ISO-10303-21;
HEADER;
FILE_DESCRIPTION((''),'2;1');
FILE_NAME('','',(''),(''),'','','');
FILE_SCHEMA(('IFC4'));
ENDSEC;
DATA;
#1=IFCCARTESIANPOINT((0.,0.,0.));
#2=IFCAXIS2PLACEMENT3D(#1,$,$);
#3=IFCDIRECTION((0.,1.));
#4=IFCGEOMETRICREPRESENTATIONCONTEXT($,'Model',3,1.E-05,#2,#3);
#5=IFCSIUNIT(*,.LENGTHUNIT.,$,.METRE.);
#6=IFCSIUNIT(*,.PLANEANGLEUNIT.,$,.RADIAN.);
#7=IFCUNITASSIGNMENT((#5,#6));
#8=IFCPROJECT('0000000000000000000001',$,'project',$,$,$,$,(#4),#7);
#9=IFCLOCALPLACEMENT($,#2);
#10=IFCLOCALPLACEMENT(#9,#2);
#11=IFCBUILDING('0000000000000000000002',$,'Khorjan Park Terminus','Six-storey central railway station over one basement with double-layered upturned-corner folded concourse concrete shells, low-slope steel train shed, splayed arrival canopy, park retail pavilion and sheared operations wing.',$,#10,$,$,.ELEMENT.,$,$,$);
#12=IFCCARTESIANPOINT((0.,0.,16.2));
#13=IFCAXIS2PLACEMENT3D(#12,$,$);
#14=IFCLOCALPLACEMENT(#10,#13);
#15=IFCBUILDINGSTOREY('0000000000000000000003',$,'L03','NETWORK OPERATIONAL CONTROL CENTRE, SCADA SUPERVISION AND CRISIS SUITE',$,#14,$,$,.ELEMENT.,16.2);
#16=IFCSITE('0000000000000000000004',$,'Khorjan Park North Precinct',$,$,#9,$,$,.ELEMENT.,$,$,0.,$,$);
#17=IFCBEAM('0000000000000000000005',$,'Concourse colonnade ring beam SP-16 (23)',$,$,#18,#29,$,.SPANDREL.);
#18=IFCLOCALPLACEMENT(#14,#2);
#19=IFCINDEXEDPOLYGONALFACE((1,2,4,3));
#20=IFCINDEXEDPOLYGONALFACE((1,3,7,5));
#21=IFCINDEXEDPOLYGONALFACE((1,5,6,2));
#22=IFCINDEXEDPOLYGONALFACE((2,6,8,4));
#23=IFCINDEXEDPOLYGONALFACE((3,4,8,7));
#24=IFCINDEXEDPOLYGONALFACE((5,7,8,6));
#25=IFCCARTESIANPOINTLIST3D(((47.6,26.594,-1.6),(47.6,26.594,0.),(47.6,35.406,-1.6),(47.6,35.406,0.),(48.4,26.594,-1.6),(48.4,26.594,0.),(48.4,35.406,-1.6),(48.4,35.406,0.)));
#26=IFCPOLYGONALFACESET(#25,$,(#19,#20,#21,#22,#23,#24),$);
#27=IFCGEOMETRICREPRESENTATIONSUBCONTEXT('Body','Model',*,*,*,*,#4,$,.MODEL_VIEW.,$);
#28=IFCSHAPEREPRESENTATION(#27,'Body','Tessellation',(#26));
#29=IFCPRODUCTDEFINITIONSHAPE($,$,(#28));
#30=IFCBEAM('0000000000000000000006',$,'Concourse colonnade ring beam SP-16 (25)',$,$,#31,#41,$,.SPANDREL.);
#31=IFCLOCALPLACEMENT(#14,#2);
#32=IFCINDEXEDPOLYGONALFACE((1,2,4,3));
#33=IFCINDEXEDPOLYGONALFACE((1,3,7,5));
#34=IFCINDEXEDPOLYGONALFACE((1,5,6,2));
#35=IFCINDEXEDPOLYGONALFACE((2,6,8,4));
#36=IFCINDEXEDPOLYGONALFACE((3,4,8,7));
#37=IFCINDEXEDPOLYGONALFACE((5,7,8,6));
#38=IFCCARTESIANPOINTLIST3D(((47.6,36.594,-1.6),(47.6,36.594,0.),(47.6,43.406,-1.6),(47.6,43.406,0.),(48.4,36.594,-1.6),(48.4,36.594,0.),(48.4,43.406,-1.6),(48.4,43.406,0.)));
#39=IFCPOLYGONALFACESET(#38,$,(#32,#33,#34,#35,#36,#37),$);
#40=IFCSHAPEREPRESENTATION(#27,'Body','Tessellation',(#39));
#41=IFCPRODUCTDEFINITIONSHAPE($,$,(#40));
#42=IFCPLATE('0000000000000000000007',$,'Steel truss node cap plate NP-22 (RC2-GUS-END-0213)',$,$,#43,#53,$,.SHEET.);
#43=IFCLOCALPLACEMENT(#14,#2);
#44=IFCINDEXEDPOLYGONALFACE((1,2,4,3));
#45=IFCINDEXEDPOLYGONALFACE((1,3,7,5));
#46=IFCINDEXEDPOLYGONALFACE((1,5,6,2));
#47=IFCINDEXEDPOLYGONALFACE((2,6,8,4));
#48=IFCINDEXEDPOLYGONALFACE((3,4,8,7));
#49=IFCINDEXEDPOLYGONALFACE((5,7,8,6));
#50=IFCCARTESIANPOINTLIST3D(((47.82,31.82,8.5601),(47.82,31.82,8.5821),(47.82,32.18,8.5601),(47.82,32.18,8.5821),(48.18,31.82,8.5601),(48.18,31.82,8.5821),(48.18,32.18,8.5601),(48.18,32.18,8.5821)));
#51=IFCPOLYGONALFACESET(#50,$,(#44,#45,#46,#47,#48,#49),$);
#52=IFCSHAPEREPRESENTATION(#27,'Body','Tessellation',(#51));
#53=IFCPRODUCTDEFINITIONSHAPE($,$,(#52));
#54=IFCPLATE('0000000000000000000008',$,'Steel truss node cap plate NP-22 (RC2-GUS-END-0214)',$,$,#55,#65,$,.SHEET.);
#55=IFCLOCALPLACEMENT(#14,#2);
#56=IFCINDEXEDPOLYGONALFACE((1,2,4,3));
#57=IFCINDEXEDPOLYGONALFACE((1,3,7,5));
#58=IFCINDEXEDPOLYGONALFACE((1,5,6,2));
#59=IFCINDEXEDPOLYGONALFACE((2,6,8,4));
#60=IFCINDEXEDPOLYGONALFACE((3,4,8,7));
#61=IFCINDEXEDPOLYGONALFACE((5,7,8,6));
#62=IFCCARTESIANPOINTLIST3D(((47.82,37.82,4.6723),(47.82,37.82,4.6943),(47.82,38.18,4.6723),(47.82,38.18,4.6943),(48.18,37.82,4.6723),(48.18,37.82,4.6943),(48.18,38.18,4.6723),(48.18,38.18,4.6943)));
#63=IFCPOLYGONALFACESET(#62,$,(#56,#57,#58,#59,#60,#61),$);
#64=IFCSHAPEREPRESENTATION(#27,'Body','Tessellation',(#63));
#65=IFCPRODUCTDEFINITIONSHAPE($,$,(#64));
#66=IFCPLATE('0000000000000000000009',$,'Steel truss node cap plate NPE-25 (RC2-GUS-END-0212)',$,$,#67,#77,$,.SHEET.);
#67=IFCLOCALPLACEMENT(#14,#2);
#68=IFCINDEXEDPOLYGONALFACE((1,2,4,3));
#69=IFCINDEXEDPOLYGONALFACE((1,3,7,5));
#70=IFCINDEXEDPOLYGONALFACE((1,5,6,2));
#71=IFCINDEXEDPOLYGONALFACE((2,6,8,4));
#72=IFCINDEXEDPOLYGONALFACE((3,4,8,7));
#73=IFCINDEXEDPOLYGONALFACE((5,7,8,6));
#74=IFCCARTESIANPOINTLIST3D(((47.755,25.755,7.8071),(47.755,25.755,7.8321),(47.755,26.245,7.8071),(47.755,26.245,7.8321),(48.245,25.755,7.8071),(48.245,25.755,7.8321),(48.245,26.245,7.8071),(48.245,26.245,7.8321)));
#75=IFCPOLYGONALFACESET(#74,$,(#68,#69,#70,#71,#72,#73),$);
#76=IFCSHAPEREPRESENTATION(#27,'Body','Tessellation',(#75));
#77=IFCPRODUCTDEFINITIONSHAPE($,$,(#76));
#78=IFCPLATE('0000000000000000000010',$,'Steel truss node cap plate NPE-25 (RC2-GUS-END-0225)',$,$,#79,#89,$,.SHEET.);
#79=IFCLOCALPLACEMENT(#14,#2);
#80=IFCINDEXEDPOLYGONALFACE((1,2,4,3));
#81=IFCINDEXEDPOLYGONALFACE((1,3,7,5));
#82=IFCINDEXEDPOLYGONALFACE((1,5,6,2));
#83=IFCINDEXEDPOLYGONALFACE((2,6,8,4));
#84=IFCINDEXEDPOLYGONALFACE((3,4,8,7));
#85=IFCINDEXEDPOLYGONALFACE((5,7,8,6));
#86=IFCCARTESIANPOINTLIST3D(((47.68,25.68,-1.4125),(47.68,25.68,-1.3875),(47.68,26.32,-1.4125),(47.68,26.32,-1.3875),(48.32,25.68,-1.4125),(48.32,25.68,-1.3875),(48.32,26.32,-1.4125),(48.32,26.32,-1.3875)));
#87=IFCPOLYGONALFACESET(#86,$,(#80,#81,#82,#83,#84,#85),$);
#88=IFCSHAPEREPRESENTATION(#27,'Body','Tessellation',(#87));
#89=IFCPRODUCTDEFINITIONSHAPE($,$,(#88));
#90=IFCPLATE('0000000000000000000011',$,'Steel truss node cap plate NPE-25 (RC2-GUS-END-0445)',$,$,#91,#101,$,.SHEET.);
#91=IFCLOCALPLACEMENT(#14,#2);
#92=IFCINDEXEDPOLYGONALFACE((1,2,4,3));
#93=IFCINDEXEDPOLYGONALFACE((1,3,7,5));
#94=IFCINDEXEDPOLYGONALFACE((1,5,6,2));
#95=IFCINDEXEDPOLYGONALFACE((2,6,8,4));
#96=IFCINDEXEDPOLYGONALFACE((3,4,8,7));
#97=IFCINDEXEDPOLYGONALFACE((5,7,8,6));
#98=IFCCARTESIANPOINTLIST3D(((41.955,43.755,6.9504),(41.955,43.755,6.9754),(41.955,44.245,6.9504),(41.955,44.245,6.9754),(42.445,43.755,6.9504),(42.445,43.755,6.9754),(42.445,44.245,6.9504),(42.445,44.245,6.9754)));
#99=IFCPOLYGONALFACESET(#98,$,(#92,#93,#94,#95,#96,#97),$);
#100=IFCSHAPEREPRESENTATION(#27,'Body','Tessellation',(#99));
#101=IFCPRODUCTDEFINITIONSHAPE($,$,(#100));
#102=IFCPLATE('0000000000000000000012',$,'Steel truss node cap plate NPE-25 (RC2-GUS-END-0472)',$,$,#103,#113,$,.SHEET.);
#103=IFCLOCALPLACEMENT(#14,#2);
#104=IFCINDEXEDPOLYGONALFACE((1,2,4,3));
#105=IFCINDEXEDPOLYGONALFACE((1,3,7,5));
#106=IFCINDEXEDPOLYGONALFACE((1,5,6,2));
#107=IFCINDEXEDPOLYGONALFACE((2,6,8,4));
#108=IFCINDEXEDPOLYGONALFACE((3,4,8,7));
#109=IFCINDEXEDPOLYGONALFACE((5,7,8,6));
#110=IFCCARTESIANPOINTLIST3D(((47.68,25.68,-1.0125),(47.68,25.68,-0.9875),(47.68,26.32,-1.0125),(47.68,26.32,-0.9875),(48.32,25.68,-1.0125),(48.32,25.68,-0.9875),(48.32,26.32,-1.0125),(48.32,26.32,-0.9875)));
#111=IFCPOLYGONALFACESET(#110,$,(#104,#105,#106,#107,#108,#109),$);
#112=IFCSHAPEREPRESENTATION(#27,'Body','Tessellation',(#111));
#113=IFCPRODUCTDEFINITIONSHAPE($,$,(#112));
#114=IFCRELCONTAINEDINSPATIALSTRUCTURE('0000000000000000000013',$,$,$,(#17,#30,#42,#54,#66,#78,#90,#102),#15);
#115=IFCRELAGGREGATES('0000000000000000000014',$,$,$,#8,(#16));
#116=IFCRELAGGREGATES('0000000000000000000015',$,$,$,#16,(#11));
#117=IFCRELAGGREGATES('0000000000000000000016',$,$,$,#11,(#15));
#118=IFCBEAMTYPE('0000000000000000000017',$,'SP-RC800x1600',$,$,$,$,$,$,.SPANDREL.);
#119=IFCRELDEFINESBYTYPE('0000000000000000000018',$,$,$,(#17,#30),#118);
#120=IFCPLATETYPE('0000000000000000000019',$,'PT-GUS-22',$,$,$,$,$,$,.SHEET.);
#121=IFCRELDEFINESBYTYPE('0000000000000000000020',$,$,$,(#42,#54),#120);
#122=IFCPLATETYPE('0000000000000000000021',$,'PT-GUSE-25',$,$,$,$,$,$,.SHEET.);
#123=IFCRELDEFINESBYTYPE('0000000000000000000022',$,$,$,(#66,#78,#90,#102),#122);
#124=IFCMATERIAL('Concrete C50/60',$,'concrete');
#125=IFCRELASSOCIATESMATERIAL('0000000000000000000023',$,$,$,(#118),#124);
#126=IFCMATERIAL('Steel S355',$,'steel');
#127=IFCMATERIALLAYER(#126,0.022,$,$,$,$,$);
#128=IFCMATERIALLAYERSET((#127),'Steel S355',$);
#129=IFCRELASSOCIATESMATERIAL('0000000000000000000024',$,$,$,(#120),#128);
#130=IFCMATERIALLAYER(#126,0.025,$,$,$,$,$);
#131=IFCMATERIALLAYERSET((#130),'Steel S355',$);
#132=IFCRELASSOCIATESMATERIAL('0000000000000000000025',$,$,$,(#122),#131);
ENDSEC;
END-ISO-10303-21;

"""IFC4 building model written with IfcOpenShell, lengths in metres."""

from ifc_helpers import new_model, si_unit, direction, frame, origin, origin_2d, place, context, subcontext, project, spatial, rectangle, extrude, material, layer, layer_set, material_profile, profile_set, type_object, element, save


model = new_model("IFC4")

# Units and contexts
model_context = context("Model", 3, precision=1e-05, world=origin(), true_north=direction((0.0, 1.0)))
body_context = subcontext(model_context, "Body", "Model", "MODEL_VIEW")
ifc_project = project(units=[si_unit("LENGTHUNIT", "METRE"), si_unit("PLANEANGLEUNIT", "RADIAN")], contexts=[model_context])

# Site, building, storey
site_placement = place(None, origin())
site = spatial("IfcSite", under=ifc_project, at=site_placement, Name="Khorjan Park North Precinct", CompositionType="ELEMENT", RefElevation=0.0)
building_placement = place(site_placement, origin())
building = spatial("IfcBuilding", under=site, at=building_placement, Name="Khorjan Park Terminus", Description="Six-storey central railway station over one basement with double-layered upturned-corner folded concourse concrete shells, low-slope steel train shed, splayed arrival canopy, park retail pavilion and sheared operations wing.", CompositionType="ELEMENT")
storey_placement = place(building_placement, frame((0.0, 0.0, 16.2)))
storey = spatial("IfcBuildingStorey", under=building, at=storey_placement, Name="L03", Description="NETWORK OPERATIONAL CONTROL CENTRE, SCADA SUPERVISION AND CRISIS SUITE", CompositionType="ELEMENT", Elevation=16.2)

# Shared definitions
ifc_material_1 = material(Name="Concrete C50/60", Category="concrete")

# Shared definitions
ifc_material_2 = material(Name="Steel S355", Category="steel")

# Beams
ifc_material_profile_1 = material_profile(ifc_material_1, rectangle(XDim=0.8, YDim=1.6, at=origin_2d()), Name="RC 800x1600")
ifc_profile_set_1 = profile_set([ifc_material_profile_1], Name="Concrete C50/60")
beam_type = type_object("IfcBeamType", Name="SP-RC800x1600", PredefinedType="SPANDREL", material=ifc_profile_set_1)
beam_1_placement = place(storey_placement, frame((48.0, 26.594, -0.8), z_axis=(0.0, 1.0, 0.0), x_axis=(-1.0, 0.0, 0.0)))
element("IfcBeam", 1, at=beam_1_placement, inside=storey, type_object=beam_type, Name="Concourse colonnade ring beam SP-16 (23)", PredefinedType="SPANDREL", context=body_context, shape_type="SweptSolid", body=[
    extrude(rectangle(XDim=0.8, YDim=1.6, at=origin_2d()), origin(), (0.0, 0.0, 1.0), 8.812),
])
beam_2_placement = place(storey_placement, frame((48.0, 36.594, -0.8), z_axis=(0.0, 1.0, 0.0), x_axis=(-1.0, 0.0, 0.0)))
element("IfcBeam", 2, at=beam_2_placement, inside=storey, type_object=beam_type, Name="Concourse colonnade ring beam SP-16 (25)", PredefinedType="SPANDREL", context=body_context, shape_type="SweptSolid", body=[
    extrude(rectangle(XDim=0.8, YDim=1.6, at=origin_2d()), origin(), (0.0, 0.0, 1.0), 6.812),
])

# Plates
ifc_layer_1 = layer(ifc_material_2, 0.022)
ifc_layer_set_1 = layer_set([ifc_layer_1], Name="Steel S355")
plate_type_1 = type_object("IfcPlateType", Name="PT-GUS-22", PredefinedType="SHEET", material=ifc_layer_set_1)
for number, where, z_axis, x_axis, name in (
    (3, (48.0, 32.0, 8.5601), (0.0, 0.0, 1.0), (1.0, 0.0, 0.0), "Steel truss node cap plate NP-22 (RC2-GUS-END-0213)"),
    (4, (48.0, 38.0, 4.6723), (0.0, 0.0, 1.0), (1.0, 0.0, 0.0), "Steel truss node cap plate NP-22 (RC2-GUS-END-0214)"),
):
    element("IfcPlate", number, at=place(storey_placement, frame(where, z_axis=z_axis, x_axis=x_axis)), inside=storey, type_object=plate_type_1, Name=name, PredefinedType="SHEET", context=body_context, shape_type="SweptSolid", body=[
        extrude(rectangle(XDim=0.36, YDim=0.36, at=origin_2d()), origin(), (0.0, 0.0, 1.0), 0.022),
    ])
ifc_layer_2 = layer(ifc_material_2, 0.025)
ifc_layer_set_2 = layer_set([ifc_layer_2], Name="Steel S355")
plate_type_2 = type_object("IfcPlateType", Name="PT-GUSE-25", PredefinedType="SHEET", material=ifc_layer_set_2)
plate_1_placement = place(storey_placement, frame((48.0, 26.0, 7.8071), z_axis=(0.0, 0.0, 1.0), x_axis=(1.0, 0.0, 0.0)))
element("IfcPlate", 5, at=plate_1_placement, inside=storey, type_object=plate_type_2, Name="Steel truss node cap plate NPE-25 (RC2-GUS-END-0212)", PredefinedType="SHEET", context=body_context, shape_type="SweptSolid", body=[
    extrude(rectangle(XDim=0.49, YDim=0.49, at=origin_2d()), origin(), (0.0, 0.0, 1.0), 0.025),
])
plate_2_placement = place(storey_placement, frame((48.0, 26.0, -1.4125), z_axis=(0.0, 0.0, 1.0), x_axis=(1.0, 0.0, 0.0)))
element("IfcPlate", 6, at=plate_2_placement, inside=storey, type_object=plate_type_2, Name="Steel truss node cap plate NPE-25 (RC2-GUS-END-0225)", PredefinedType="SHEET", context=body_context, shape_type="SweptSolid", body=[
    extrude(rectangle(XDim=0.64, YDim=0.64, at=origin_2d()), origin(), (0.0, 0.0, 1.0), 0.025),
])
plate_3_placement = place(storey_placement, frame((42.2, 44.0, 6.9504), z_axis=(0.0, 0.0, 1.0), x_axis=(1.0, 0.0, 0.0)))
element("IfcPlate", 7, at=plate_3_placement, inside=storey, type_object=plate_type_2, Name="Steel truss node cap plate NPE-25 (RC2-GUS-END-0445)", PredefinedType="SHEET", context=body_context, shape_type="SweptSolid", body=[
    extrude(rectangle(XDim=0.49, YDim=0.49, at=origin_2d()), origin(), (0.0, 0.0, 1.0), 0.025),
])
plate_4_placement = place(storey_placement, frame((48.0, 26.0, -1.0125), z_axis=(0.0, 0.0, 1.0), x_axis=(1.0, 0.0, 0.0)))
element("IfcPlate", 8, at=plate_4_placement, inside=storey, type_object=plate_type_2, Name="Steel truss node cap plate NPE-25 (RC2-GUS-END-0472)", PredefinedType="SHEET", context=body_context, shape_type="SweptSolid", body=[
    extrude(rectangle(XDim=0.64, YDim=0.64, at=origin_2d()), origin(), (0.0, 0.0, 1.0), 0.025),
])

save(model, "model.ifc")
